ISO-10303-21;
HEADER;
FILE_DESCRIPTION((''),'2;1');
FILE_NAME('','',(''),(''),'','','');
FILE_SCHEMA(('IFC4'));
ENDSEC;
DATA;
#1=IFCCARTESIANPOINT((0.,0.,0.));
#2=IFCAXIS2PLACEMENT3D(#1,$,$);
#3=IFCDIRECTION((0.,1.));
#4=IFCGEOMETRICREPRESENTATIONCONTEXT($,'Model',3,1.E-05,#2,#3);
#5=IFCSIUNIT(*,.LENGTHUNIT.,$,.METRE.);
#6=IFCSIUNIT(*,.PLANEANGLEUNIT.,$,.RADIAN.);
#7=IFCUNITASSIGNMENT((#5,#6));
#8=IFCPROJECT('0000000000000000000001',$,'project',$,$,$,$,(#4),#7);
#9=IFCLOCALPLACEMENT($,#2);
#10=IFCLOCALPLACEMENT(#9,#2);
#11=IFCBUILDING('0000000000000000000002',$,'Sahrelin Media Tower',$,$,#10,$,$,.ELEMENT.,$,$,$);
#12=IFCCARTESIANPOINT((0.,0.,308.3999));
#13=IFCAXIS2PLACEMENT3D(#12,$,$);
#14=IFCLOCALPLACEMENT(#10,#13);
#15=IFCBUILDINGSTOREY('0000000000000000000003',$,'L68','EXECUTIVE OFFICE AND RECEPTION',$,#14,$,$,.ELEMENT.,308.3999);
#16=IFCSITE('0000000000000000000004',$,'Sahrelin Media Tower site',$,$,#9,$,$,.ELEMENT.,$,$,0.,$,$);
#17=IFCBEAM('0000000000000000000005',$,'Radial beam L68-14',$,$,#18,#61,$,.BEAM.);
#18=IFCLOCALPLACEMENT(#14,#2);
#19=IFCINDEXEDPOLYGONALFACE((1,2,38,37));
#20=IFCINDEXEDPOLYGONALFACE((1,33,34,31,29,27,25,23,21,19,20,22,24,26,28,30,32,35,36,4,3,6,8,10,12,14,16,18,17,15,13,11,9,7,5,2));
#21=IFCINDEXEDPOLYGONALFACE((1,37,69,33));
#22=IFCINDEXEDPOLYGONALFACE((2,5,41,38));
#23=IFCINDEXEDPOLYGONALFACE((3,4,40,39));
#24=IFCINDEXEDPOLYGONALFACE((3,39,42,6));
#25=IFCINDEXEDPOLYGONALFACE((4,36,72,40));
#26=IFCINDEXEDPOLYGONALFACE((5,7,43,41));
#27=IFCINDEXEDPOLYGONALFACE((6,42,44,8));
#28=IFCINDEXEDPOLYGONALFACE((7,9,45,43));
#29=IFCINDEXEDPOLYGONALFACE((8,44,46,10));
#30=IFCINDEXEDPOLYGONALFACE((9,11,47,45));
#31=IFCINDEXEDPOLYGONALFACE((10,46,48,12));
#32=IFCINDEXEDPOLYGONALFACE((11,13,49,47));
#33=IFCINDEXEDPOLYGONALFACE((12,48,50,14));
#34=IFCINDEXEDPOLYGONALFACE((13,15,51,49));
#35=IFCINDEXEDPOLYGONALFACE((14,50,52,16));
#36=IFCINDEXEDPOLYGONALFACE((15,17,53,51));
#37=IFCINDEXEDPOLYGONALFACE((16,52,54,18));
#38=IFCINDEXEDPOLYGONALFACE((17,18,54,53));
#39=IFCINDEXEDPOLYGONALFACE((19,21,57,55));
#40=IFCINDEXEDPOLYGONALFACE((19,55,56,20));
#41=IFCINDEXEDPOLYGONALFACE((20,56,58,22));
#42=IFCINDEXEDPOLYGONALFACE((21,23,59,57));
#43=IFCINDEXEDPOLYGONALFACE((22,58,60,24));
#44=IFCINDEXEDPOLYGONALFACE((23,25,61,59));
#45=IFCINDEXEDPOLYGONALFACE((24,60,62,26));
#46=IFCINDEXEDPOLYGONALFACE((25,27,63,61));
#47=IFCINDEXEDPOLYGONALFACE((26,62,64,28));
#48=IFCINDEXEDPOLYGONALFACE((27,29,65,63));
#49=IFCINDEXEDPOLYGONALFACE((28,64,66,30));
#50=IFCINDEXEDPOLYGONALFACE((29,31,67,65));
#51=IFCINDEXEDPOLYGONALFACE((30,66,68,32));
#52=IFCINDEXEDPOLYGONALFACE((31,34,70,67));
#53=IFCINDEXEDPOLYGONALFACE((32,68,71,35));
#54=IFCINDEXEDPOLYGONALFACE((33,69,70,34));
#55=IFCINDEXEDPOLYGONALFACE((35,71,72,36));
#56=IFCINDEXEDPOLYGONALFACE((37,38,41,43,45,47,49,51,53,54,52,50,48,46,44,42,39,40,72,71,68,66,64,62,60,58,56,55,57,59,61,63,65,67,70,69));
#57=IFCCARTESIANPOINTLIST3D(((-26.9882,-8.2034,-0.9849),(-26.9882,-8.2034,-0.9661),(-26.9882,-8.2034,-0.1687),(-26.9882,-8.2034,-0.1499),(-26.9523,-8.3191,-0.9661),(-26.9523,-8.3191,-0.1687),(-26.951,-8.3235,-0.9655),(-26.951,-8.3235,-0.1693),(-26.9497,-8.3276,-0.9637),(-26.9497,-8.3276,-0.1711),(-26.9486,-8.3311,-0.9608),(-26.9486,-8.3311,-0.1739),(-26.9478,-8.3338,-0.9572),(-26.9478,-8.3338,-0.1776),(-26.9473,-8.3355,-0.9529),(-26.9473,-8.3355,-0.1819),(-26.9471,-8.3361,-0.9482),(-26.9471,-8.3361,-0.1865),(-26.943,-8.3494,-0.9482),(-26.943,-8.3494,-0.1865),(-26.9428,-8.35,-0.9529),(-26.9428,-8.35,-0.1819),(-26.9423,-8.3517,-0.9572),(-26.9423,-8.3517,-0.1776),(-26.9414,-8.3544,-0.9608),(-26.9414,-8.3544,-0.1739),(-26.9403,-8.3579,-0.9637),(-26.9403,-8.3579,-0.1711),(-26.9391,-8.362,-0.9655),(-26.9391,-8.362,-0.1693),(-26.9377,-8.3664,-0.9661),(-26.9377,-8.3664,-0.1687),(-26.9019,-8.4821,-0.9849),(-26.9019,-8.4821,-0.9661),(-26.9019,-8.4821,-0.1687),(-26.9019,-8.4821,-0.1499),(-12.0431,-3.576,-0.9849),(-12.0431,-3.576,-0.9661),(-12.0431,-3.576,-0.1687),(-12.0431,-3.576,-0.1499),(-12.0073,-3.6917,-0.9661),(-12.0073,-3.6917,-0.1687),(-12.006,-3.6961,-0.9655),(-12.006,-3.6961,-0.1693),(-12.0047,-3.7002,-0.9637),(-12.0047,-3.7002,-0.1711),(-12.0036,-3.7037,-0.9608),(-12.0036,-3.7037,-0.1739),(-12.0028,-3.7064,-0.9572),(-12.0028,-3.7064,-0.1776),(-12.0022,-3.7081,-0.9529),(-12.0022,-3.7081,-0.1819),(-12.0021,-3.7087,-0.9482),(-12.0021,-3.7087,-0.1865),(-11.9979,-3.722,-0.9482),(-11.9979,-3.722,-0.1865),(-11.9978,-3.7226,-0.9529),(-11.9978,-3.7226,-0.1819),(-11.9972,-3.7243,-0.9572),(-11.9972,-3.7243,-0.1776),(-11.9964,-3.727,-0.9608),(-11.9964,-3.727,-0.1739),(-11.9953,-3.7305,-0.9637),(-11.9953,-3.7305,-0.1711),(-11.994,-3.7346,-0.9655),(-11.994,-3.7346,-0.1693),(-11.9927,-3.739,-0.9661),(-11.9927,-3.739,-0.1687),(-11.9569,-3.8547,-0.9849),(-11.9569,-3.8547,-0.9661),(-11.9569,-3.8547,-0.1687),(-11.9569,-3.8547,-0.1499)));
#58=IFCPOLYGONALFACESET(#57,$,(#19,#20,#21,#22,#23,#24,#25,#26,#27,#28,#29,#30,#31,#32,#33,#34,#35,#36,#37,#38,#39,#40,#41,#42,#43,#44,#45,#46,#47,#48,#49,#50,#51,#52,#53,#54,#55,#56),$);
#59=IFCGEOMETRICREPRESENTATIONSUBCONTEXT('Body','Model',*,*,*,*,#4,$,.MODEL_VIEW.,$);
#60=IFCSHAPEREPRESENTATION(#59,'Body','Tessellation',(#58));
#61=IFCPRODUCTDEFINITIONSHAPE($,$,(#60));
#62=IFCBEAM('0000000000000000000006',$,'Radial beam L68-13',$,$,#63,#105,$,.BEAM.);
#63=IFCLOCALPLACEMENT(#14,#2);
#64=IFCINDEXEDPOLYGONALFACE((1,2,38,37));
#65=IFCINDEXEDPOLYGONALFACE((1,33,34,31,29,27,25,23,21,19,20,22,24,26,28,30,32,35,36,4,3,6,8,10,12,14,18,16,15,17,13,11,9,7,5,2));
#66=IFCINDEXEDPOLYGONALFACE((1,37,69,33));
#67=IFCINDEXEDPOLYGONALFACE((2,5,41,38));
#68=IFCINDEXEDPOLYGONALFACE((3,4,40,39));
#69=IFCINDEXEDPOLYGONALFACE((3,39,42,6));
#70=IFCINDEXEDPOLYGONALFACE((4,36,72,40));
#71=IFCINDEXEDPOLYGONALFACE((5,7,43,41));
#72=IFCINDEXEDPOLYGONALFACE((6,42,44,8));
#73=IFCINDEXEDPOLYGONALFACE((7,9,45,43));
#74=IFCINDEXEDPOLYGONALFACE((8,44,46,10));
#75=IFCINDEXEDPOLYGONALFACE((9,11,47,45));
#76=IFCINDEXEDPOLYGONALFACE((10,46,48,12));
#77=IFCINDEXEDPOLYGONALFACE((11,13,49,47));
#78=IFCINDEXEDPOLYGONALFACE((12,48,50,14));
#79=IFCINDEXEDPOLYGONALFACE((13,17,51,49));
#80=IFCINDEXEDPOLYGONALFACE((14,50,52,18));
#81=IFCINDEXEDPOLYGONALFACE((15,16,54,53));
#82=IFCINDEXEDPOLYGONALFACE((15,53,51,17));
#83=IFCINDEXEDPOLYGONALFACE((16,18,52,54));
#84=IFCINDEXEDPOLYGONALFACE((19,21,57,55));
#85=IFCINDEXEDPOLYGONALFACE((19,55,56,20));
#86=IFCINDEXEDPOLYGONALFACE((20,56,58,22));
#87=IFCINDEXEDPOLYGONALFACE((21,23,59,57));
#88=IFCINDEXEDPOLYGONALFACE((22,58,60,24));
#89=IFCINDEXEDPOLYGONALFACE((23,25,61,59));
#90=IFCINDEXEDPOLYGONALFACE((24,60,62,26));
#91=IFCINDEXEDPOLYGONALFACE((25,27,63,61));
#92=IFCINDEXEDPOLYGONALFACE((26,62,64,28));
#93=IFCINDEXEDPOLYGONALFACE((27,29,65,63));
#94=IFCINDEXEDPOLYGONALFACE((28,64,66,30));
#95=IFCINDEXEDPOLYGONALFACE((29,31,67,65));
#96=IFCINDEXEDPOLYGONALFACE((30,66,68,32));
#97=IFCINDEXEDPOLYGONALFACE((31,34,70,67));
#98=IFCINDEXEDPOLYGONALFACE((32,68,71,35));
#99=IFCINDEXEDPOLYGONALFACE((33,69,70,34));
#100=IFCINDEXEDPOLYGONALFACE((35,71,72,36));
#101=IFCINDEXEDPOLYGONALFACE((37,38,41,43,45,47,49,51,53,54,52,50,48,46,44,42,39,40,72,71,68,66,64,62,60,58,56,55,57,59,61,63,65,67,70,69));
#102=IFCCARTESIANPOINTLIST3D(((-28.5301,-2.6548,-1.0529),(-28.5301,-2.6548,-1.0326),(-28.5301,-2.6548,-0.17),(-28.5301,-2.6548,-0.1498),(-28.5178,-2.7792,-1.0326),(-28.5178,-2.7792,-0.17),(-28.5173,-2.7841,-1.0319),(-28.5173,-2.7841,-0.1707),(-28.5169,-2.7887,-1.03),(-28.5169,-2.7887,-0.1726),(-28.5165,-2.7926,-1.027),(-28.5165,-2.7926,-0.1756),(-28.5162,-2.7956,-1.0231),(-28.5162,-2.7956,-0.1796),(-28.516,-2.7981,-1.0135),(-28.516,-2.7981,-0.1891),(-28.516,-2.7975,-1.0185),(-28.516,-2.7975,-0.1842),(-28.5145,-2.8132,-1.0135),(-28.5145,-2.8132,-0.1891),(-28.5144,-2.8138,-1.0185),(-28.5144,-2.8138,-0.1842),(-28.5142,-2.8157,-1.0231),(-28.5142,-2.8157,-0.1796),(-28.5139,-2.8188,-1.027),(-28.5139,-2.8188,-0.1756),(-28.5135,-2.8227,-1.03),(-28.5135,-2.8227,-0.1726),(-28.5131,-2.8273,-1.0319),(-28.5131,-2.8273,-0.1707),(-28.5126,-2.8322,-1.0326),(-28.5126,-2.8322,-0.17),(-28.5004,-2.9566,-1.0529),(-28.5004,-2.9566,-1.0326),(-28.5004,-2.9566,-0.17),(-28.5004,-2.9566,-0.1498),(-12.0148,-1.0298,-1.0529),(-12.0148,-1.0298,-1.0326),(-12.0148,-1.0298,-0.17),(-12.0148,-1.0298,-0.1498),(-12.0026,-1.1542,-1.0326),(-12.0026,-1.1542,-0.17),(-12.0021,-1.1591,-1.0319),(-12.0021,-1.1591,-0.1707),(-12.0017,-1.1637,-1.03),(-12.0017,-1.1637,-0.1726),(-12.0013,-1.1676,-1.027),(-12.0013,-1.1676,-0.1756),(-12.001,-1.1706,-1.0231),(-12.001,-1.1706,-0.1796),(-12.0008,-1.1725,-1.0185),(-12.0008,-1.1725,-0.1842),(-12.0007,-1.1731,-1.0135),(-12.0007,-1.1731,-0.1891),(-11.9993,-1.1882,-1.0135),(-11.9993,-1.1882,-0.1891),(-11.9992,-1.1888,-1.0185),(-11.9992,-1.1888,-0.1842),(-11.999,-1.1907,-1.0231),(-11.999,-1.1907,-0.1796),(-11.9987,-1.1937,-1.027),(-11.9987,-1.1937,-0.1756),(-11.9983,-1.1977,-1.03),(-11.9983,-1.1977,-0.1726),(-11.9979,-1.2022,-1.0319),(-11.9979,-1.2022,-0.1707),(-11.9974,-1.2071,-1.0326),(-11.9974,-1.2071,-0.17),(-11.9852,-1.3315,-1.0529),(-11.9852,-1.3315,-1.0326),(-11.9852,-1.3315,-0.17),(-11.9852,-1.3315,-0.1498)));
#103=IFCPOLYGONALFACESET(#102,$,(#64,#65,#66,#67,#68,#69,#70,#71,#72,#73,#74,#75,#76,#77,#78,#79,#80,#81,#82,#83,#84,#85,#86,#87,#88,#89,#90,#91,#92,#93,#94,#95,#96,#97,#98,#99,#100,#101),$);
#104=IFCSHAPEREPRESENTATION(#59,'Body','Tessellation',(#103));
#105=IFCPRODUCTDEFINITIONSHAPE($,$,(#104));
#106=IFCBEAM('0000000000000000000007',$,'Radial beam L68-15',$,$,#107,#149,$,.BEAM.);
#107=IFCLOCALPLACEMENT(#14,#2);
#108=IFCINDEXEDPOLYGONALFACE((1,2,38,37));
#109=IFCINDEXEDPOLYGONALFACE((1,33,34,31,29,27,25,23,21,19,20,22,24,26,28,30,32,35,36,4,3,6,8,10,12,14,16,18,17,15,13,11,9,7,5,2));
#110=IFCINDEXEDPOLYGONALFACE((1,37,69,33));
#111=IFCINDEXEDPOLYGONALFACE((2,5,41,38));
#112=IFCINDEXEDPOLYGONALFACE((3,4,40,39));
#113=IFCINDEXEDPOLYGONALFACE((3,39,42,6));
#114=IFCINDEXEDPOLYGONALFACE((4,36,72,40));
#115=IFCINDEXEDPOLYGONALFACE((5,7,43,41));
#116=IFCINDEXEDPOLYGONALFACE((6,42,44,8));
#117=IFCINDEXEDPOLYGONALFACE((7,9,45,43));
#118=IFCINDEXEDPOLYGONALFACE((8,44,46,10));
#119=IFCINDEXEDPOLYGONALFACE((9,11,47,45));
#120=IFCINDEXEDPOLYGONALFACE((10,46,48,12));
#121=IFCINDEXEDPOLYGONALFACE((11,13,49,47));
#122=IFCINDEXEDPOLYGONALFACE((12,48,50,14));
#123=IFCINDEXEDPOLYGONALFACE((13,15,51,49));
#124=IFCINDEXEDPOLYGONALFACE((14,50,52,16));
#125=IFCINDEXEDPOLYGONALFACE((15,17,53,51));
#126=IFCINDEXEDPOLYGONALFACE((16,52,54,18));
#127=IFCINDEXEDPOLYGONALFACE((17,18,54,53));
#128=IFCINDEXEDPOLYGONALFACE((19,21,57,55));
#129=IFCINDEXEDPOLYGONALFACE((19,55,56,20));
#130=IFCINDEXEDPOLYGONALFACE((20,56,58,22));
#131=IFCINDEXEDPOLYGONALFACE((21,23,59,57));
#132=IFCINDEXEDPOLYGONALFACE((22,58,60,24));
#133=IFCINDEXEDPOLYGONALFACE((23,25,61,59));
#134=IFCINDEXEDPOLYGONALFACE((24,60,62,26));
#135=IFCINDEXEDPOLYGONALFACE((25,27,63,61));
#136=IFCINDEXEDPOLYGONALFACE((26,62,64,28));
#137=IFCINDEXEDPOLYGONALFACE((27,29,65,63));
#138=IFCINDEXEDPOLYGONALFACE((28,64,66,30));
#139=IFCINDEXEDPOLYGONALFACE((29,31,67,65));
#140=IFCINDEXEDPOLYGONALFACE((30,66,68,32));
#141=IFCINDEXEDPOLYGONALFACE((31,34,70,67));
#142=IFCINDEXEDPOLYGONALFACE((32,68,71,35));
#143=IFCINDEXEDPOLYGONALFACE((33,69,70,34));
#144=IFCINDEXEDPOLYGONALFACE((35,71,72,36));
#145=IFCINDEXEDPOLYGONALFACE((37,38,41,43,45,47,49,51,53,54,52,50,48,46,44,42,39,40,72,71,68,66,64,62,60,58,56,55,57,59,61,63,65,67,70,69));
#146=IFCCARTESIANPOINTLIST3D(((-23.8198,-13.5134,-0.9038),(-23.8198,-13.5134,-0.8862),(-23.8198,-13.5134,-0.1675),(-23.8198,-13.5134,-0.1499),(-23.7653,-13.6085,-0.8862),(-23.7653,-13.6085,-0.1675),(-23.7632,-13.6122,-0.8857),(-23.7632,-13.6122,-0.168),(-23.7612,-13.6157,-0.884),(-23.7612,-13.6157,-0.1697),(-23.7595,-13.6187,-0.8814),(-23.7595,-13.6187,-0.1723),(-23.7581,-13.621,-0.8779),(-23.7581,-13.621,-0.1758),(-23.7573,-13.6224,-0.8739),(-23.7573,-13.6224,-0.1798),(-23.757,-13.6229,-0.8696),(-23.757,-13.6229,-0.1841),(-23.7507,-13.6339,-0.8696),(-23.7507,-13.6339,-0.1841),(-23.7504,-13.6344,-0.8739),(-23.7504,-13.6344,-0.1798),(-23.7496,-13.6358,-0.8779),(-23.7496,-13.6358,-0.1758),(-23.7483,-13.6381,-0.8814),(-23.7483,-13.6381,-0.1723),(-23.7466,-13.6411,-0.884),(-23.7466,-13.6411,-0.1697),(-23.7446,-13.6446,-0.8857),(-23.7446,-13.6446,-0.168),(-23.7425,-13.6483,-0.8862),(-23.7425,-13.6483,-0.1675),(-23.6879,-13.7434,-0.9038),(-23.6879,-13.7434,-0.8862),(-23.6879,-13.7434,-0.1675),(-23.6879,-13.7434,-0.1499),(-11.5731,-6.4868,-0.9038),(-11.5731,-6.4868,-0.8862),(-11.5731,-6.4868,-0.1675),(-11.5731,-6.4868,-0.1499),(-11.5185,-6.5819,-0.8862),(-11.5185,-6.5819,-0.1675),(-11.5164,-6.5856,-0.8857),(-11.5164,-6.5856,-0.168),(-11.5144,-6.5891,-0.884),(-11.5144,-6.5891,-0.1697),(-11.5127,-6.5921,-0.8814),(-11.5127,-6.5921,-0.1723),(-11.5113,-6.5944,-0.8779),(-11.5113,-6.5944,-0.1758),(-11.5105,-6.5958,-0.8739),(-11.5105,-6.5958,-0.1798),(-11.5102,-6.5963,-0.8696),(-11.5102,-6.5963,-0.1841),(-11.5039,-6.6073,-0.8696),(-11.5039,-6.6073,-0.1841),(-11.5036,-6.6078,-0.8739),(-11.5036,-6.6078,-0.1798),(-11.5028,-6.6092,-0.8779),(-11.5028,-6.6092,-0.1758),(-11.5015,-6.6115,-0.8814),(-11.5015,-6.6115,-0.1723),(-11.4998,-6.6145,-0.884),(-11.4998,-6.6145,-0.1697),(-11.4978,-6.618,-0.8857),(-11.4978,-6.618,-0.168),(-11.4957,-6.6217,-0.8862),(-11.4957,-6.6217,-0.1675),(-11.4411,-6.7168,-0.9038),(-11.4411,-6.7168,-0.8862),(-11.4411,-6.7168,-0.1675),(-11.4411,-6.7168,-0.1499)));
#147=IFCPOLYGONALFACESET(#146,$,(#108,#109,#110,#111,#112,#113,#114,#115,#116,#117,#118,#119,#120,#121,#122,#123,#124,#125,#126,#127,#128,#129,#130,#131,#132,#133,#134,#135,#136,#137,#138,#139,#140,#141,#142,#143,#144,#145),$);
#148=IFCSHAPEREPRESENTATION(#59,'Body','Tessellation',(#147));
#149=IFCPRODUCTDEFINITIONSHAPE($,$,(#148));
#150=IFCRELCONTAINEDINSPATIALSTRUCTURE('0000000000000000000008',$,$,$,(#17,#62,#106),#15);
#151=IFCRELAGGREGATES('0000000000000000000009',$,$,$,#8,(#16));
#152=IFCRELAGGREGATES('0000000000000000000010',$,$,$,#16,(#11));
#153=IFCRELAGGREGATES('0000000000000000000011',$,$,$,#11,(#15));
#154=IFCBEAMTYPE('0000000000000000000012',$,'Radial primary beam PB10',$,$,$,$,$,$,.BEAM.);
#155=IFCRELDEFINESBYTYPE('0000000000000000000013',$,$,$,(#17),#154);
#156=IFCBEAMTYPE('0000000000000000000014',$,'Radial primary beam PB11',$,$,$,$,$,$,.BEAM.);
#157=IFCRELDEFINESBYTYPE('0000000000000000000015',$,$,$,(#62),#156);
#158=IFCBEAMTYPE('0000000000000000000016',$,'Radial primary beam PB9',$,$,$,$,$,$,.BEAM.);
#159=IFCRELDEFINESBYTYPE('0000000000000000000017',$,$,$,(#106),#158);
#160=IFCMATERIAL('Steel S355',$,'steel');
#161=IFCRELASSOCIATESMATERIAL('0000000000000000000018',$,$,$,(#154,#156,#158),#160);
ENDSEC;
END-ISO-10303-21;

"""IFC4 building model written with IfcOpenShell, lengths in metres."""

from ifc_helpers import new_model, si_unit, direction, frame, origin, origin_2d, place, context, subcontext, project, spatial, i_section, extrude, material, material_profile, profile_set, type_object, element, save


model = new_model("IFC4")

# Units and contexts
model_context = context("Model", 3, precision=1e-05, world=origin(), true_north=direction((0.0, 1.0)))
body_context = subcontext(model_context, "Body", "Model", "MODEL_VIEW")
ifc_project = project(units=[si_unit("LENGTHUNIT", "METRE"), si_unit("PLANEANGLEUNIT", "RADIAN")], contexts=[model_context])

# Site, building, storey
site_placement = place(None, origin())
site = spatial("IfcSite", under=ifc_project, at=site_placement, Name="Sahrelin Media Tower site", CompositionType="ELEMENT", RefElevation=0.0)
building_placement = place(site_placement, origin())
building = spatial("IfcBuilding", under=site, at=building_placement, Name="Sahrelin Media Tower", CompositionType="ELEMENT")
storey_placement = place(building_placement, frame((0.0, 0.0, 308.3999)))
storey = spatial("IfcBuildingStorey", under=building, at=storey_placement, Name="L68", Description="EXECUTIVE OFFICE AND RECEPTION", CompositionType="ELEMENT", Elevation=308.3999)

# Beams
ifc_material_1 = material(Name="Steel S355", Category="steel")
ifc_material_profile_1 = material_profile(ifc_material_1, i_section(OverallWidth=0.2917, OverallDepth=0.835, WebThickness=0.0139, FlangeThickness=0.0188, FilletRadius=0.0178, at=origin_2d()), Name="UB 838x292x176")
ifc_profile_set_1 = profile_set([ifc_material_profile_1], Name="Steel S355")
beam_type_1 = type_object("IfcBeamType", Name="Radial primary beam PB10", PredefinedType="BEAM", material=ifc_profile_set_1)
beam_1_placement = place(storey_placement, frame((-12.0, -3.7153, -0.5674), z_axis=(-0.955257, -0.295776, 0.0), x_axis=(0.295776, -0.955257, 0.0)))
element("IfcBeam", 1, at=beam_1_placement, inside=storey, type_object=beam_type_1, Name="Radial beam L68-14", PredefinedType="BEAM", context=body_context, shape_type="SweptSolid", body=[
    extrude(i_section(OverallWidth=0.2917, OverallDepth=0.835, WebThickness=0.0139, FlangeThickness=0.0188, FilletRadius=0.0178, at=origin_2d()), origin(), (0.0, 0.0, 1.0), 15.645),
])
ifc_material_profile_2 = material_profile(ifc_material_1, i_section(OverallWidth=0.3032, OverallDepth=0.9031, WebThickness=0.0151, FlangeThickness=0.0203, FilletRadius=0.019, at=origin_2d()), Name="UB 914x305x201")
ifc_profile_set_2 = profile_set([ifc_material_profile_2], Name="Steel S355")
beam_type_2 = type_object("IfcBeamType", Name="Radial primary beam PB11", PredefinedType="BEAM", material=ifc_profile_set_2)
beam_2_placement = place(storey_placement, frame((-12.0, -1.1807, -0.6013), z_axis=(-0.995194, -0.097922, 0.0), x_axis=(0.097922, -0.995194, 0.0)))
element("IfcBeam", 2, at=beam_2_placement, inside=storey, type_object=beam_type_2, Name="Radial beam L68-13", PredefinedType="BEAM", context=body_context, shape_type="SweptSolid", body=[
    extrude(i_section(OverallWidth=0.3032, OverallDepth=0.9031, WebThickness=0.0151, FlangeThickness=0.0203, FilletRadius=0.019, at=origin_2d()), origin(), (0.0, 0.0, 1.0), 16.595),
])
ifc_material_profile_3 = material_profile(ifc_material_1, i_section(OverallWidth=0.2651, OverallDepth=0.7539, WebThickness=0.0127, FlangeThickness=0.0176, FilletRadius=0.0166, at=origin_2d()), Name="UB 762x267x147")
ifc_profile_set_3 = profile_set([ifc_material_profile_3], Name="Steel S355")
beam_type_3 = type_object("IfcBeamType", Name="Radial primary beam PB9", PredefinedType="BEAM", material=ifc_profile_set_3)
beam_3_placement = place(storey_placement, frame((-11.5071, -6.6018, -0.5269), z_axis=(-0.867375, -0.497656, 0.0), x_axis=(0.497656, -0.867375, 0.0)))
element("IfcBeam", 3, at=beam_3_placement, inside=storey, type_object=beam_type_3, Name="Radial beam L68-15", PredefinedType="BEAM", context=body_context, shape_type="SweptSolid", body=[
    extrude(i_section(OverallWidth=0.2651, OverallDepth=0.7539, WebThickness=0.0127, FlangeThickness=0.0176, FilletRadius=0.0166, at=origin_2d()), origin(), (0.0, 0.0, 1.0), 14.1194),
])

save(model, "model.ifc")
